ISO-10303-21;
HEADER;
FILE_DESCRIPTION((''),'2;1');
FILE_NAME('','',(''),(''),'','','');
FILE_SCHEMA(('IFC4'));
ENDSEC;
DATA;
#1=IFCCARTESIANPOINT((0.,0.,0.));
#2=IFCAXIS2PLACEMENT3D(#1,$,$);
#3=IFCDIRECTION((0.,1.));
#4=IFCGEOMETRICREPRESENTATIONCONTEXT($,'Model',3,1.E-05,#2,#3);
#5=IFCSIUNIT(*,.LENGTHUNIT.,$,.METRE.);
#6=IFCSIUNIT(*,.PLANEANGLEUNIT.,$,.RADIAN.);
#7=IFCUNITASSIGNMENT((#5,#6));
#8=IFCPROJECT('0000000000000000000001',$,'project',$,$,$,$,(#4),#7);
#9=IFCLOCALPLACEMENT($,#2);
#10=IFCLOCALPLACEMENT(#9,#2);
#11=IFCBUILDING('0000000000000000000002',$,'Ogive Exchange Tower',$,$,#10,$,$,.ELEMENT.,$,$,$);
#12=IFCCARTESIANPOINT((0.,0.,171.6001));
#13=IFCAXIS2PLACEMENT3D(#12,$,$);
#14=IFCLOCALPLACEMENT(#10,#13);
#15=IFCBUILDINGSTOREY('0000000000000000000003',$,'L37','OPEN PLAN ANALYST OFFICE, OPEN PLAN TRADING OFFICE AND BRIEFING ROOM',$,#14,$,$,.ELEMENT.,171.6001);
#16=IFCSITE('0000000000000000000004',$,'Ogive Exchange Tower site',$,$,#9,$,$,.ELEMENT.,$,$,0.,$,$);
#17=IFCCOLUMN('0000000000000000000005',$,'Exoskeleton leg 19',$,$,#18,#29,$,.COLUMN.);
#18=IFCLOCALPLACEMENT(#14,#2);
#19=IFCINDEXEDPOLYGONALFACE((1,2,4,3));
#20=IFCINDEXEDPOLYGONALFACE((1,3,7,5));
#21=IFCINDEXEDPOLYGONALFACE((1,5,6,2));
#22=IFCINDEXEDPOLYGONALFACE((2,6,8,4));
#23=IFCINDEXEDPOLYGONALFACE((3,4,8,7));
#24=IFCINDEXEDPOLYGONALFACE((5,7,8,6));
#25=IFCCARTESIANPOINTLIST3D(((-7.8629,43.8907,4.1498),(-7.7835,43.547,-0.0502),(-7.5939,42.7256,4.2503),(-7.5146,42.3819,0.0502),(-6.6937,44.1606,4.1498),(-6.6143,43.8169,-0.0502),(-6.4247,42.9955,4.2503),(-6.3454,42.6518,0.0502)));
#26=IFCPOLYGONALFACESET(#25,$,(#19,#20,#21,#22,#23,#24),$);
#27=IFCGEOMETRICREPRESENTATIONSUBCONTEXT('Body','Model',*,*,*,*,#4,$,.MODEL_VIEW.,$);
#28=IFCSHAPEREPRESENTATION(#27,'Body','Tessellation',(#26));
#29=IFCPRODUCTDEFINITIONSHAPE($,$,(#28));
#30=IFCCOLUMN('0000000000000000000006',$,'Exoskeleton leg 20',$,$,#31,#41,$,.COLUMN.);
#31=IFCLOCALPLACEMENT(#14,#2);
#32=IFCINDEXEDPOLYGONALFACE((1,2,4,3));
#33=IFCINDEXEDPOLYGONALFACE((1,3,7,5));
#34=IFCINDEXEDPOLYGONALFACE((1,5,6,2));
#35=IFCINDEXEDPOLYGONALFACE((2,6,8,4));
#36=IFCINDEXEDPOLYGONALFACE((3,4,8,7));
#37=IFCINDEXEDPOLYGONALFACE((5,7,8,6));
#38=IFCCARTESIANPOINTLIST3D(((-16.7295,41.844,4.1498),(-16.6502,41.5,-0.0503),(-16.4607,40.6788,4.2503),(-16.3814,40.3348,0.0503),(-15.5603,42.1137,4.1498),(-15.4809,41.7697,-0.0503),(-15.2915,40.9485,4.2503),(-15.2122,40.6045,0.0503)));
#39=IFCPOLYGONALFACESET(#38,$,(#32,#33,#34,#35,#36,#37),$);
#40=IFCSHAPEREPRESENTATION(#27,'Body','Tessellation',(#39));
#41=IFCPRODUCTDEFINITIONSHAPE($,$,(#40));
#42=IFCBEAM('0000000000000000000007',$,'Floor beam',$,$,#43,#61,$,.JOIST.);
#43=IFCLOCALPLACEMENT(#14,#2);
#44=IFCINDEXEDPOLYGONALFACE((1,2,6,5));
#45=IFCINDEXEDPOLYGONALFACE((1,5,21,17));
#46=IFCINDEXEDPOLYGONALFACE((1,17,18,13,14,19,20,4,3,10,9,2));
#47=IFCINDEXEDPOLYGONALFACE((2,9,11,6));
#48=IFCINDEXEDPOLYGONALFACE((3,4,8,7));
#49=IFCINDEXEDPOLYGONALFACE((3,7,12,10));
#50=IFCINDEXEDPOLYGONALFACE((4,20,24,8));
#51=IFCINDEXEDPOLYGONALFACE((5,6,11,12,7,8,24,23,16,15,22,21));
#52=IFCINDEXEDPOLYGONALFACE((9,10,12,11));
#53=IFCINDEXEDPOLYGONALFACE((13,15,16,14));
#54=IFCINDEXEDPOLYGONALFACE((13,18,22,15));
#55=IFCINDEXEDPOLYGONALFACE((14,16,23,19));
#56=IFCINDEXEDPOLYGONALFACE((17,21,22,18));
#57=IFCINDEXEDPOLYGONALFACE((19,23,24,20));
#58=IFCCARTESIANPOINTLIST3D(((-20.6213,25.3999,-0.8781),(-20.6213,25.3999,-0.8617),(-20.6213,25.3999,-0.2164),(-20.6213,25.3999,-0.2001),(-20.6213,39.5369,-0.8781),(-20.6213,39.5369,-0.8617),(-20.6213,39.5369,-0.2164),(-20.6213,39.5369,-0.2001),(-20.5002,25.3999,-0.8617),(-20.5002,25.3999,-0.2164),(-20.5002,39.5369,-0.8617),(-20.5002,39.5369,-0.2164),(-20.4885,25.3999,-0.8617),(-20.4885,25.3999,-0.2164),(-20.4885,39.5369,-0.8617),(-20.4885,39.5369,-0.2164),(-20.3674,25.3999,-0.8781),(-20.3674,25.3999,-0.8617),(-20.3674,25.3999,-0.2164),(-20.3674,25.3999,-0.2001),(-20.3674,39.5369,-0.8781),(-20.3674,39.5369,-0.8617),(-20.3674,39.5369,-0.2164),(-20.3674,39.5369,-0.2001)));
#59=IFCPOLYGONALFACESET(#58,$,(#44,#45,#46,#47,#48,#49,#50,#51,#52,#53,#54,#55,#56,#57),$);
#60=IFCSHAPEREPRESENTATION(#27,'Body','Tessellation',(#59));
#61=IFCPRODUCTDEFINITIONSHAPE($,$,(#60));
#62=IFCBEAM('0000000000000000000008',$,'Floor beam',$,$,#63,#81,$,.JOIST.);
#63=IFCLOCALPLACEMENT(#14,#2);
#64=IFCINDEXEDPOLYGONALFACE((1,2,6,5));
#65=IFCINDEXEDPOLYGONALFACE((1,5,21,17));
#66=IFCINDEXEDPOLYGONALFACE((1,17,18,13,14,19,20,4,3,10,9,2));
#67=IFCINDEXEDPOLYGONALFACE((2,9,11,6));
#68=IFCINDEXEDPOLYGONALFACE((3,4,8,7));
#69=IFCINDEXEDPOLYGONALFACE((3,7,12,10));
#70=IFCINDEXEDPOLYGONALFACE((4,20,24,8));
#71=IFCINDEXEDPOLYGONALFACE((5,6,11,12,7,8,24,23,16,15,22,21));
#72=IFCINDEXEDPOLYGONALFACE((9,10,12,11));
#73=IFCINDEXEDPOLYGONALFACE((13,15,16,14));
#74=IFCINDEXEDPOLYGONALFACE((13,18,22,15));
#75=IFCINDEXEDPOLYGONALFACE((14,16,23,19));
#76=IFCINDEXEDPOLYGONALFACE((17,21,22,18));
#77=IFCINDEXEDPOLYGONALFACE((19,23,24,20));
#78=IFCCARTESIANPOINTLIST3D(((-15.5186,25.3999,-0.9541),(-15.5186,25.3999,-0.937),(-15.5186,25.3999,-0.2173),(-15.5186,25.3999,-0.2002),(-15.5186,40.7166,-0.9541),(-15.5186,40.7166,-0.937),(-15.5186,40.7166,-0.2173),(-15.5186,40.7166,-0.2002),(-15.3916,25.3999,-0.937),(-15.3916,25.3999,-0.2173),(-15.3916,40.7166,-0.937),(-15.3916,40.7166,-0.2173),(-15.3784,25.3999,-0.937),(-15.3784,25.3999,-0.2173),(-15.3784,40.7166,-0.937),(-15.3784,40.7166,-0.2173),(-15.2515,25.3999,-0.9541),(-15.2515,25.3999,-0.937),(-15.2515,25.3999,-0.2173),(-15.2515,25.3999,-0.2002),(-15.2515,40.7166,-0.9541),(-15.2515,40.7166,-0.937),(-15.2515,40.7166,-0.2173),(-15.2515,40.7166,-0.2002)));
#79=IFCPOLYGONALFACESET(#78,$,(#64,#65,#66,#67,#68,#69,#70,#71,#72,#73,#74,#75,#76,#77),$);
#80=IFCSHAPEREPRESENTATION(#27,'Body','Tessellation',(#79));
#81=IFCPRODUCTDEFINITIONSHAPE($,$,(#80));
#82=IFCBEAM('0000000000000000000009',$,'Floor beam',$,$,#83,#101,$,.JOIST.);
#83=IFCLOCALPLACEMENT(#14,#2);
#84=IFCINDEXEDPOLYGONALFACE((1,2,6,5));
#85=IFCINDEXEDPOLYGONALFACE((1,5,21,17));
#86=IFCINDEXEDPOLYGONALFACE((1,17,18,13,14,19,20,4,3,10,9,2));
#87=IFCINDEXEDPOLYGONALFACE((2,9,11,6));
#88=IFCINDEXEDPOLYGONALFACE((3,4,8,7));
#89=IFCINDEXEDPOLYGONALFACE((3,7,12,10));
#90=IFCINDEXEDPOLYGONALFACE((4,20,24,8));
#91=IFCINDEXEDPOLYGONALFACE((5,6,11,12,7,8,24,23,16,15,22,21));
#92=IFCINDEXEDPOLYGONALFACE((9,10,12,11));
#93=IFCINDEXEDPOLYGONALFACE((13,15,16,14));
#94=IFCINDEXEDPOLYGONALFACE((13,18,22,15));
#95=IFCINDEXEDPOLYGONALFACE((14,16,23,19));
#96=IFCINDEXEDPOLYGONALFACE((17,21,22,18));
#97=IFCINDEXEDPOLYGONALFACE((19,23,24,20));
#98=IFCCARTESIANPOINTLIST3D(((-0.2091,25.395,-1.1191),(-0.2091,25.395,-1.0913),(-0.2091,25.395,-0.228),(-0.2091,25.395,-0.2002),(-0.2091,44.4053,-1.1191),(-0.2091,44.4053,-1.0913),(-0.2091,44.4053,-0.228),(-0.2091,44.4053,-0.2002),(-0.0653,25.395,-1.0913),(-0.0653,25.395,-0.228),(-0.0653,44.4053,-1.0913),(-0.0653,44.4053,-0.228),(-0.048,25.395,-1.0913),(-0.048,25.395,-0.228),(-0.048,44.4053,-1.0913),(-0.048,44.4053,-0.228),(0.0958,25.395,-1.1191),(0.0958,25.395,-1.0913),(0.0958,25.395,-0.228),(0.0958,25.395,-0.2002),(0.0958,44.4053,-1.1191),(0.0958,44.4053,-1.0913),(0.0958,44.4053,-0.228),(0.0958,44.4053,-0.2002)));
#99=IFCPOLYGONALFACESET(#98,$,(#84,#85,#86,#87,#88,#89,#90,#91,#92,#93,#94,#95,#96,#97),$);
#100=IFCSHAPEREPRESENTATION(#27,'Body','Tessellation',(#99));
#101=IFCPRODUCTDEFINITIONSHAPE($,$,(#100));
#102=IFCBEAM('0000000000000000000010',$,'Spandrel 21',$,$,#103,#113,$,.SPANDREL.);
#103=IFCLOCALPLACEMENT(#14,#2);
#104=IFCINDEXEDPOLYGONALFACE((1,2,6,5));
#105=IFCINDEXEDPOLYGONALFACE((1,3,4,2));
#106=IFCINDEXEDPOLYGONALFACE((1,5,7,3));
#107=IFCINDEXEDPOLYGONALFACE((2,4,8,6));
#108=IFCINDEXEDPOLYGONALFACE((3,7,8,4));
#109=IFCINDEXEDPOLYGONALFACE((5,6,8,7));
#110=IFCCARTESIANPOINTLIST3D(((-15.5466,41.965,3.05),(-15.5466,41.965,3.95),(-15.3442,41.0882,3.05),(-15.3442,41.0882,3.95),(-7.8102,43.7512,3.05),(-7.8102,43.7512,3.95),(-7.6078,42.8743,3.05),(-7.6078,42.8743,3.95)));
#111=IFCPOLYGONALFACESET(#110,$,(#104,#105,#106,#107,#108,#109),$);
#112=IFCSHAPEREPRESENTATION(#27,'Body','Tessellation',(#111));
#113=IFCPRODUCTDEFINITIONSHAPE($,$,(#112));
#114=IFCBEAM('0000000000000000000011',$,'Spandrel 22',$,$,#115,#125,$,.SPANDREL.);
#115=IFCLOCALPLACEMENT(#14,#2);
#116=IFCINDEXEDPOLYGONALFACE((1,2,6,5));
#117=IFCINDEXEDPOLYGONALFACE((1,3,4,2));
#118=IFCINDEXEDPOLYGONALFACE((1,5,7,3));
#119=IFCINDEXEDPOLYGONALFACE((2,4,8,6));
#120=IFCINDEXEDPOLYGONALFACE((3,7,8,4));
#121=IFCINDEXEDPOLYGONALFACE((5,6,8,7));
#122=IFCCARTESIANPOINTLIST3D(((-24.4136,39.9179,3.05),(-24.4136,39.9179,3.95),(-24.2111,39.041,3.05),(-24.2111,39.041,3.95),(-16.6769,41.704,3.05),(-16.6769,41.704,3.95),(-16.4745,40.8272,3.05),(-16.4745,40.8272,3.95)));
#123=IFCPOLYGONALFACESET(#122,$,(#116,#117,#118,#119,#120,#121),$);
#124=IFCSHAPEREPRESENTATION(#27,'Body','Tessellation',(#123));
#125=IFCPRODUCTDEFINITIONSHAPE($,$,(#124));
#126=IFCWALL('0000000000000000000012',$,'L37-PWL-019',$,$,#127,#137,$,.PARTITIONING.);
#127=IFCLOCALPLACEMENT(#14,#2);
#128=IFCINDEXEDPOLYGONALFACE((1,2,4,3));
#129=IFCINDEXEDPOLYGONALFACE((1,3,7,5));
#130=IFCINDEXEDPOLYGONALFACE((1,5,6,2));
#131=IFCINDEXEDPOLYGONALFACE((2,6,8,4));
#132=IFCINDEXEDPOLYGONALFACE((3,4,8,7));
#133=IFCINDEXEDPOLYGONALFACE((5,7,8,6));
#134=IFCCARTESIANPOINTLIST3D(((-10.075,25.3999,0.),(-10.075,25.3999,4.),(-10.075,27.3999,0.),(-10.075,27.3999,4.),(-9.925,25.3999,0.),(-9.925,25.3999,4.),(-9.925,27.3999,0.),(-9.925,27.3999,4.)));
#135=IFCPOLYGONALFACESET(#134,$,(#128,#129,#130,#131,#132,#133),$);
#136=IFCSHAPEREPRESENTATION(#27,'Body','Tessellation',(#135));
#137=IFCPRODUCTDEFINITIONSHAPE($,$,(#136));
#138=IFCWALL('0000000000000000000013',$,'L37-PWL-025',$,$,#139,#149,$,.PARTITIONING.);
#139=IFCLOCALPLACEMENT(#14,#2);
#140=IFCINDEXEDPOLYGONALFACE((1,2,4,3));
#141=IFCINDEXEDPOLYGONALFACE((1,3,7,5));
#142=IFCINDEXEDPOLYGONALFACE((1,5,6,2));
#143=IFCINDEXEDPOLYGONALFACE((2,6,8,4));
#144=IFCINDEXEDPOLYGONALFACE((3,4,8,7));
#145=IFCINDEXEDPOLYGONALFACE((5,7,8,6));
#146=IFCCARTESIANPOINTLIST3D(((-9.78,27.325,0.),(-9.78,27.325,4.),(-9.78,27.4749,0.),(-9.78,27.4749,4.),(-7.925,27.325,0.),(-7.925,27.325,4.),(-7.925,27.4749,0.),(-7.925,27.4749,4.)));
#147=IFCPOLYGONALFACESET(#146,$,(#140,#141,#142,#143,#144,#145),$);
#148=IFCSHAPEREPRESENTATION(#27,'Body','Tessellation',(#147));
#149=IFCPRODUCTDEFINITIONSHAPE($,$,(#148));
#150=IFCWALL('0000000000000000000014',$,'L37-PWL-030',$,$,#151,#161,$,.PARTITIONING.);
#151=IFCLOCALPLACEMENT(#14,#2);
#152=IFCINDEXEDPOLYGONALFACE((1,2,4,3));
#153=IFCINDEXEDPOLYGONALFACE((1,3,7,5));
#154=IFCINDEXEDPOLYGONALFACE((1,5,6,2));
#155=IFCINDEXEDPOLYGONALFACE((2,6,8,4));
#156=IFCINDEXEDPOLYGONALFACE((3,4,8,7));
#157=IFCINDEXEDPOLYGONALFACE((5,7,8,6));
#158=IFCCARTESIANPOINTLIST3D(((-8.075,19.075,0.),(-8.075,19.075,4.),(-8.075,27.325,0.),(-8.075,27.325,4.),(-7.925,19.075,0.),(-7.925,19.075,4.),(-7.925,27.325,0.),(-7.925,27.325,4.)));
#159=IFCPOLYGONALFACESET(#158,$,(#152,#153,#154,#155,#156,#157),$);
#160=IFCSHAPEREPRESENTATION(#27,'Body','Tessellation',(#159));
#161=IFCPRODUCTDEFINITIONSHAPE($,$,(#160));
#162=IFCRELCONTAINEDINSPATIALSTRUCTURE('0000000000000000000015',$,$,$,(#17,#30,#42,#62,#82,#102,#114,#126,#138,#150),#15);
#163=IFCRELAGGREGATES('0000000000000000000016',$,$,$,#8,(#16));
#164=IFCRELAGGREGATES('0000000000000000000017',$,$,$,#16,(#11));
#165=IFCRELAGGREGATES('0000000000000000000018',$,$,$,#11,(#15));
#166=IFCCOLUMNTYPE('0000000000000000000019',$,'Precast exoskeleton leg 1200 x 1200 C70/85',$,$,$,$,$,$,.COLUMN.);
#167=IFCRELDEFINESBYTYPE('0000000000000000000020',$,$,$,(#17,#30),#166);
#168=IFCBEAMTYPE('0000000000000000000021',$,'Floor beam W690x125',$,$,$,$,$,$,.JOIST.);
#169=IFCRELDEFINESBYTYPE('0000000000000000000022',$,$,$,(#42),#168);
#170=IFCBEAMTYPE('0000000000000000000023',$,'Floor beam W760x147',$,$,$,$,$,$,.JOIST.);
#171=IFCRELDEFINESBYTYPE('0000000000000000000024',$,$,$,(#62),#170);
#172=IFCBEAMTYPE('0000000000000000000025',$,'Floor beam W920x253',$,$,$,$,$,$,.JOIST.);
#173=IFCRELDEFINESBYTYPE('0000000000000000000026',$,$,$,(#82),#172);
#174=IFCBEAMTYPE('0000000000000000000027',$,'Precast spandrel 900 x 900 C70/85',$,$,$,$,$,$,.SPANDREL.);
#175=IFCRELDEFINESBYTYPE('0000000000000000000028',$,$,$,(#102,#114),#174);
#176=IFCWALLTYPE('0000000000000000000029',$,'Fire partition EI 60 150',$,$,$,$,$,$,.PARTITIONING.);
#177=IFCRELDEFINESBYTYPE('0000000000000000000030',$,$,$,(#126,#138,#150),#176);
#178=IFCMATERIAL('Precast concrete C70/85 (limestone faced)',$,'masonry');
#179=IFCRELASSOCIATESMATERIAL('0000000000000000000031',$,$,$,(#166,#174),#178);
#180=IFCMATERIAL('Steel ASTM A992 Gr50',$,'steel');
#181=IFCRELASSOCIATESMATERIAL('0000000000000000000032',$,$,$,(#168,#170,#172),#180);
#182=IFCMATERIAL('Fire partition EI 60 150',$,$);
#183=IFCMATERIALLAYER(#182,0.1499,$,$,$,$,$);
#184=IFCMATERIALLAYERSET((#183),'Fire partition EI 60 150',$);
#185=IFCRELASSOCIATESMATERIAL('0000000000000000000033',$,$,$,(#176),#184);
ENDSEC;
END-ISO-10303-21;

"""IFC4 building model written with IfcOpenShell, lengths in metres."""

from ifc_helpers import new_model, si_unit, direction, frame, frame_2d, origin, origin_2d, place, context, subcontext, project, spatial, rectangle, i_section, extrude, material, layer, layer_set, material_profile, profile_set, type_object, element, save


model = new_model("IFC4")

# Units and contexts
model_context = context("Model", 3, precision=1e-05, world=origin(), true_north=direction((0.0, 1.0)))
body_context = subcontext(model_context, "Body", "Model", "MODEL_VIEW")
ifc_project = project(units=[si_unit("LENGTHUNIT", "METRE"), si_unit("PLANEANGLEUNIT", "RADIAN")], contexts=[model_context])

# Site, building, storey
site_placement = place(None, origin())
site = spatial("IfcSite", under=ifc_project, at=site_placement, Name="Ogive Exchange Tower site", CompositionType="ELEMENT", RefElevation=0.0)
building_placement = place(site_placement, origin())
building = spatial("IfcBuilding", under=site, at=building_placement, Name="Ogive Exchange Tower", CompositionType="ELEMENT")
storey_placement = place(building_placement, frame((0.0, 0.0, 171.6001)))
storey = spatial("IfcBuildingStorey", under=building, at=storey_placement, Name="L37", Description="OPEN PLAN ANALYST OFFICE, OPEN PLAN TRADING OFFICE AND BRIEFING ROOM", CompositionType="ELEMENT", Elevation=171.6001)

# Columns
ifc_material_1 = material(Name="Precast concrete C70/85 (limestone faced)", Category="masonry")
ifc_material_profile_1 = material_profile(ifc_material_1, rectangle(XDim=1.2, YDim=1.2, at=origin_2d()), Name="1200 x 1200")
ifc_profile_set_1 = profile_set([ifc_material_profile_1], Name="Precast concrete C70/85 (limestone faced)")
column_type = type_object("IfcColumnType", Name="Precast exoskeleton leg 1200 x 1200 C70/85", PredefinedType="COLUMN", material=ifc_profile_set_1)
for number, where, z_axis, x_axis, name in (
    (1, (-7.0645, 43.0994, 0.0), (-0.018826, 0.081559, 0.996491), (-0.97438, -0.22491, 0.0), "Exoskeleton leg 19"),
    (2, (-15.9312, 41.0522, 0.0), (-0.018826, 0.081617, 0.996486), (-0.974415, -0.224758, 0.0), "Exoskeleton leg 20"),
):
    element("IfcColumn", number, at=place(storey_placement, frame(where, z_axis=z_axis, x_axis=x_axis)), inside=storey, type_object=column_type, Name=name, PredefinedType="COLUMN", context=body_context, shape_type="SweptSolid", body=[
        extrude(rectangle(XDim=1.2, YDim=1.2, at=origin_2d()), origin(), (0.0, 0.0, 1.0), 4.2148),
    ])

# Beams
ifc_material_2 = material(Name="Steel ASTM A992 Gr50", Category="steel")
ifc_material_profile_2 = material_profile(ifc_material_2, i_section(OverallWidth=0.2539, OverallDepth=0.678, WebThickness=0.0117, FlangeThickness=0.0164, at=origin_2d()), Name="W690x125")
ifc_profile_set_2 = profile_set([ifc_material_profile_2], Name="Steel ASTM A992 Gr50")
beam_type_1 = type_object("IfcBeamType", Name="Floor beam W690x125", PredefinedType="JOIST", material=ifc_profile_set_2)
beam_1_placement = place(storey_placement, frame((-20.4944, 25.3999, -0.5391), z_axis=(0.0, 1.0, 0.0), x_axis=(-1.0, 0.0, 0.0)))
element("IfcBeam", 3, at=beam_1_placement, inside=storey, type_object=beam_type_1, Name="Floor beam", PredefinedType="JOIST", context=body_context, shape_type="SweptSolid", body=[
    extrude(i_section(OverallWidth=0.2539, OverallDepth=0.678, WebThickness=0.0117, FlangeThickness=0.0164, at=origin_2d()), origin(), (0.0, 0.0, 1.0), 14.137),
])
ifc_material_profile_3 = material_profile(ifc_material_2, i_section(OverallWidth=0.2671, OverallDepth=0.7539, WebThickness=0.0132, FlangeThickness=0.0171, at=origin_2d()), Name="W760x147")
ifc_profile_set_3 = profile_set([ifc_material_profile_3], Name="Steel ASTM A992 Gr50")
beam_type_2 = type_object("IfcBeamType", Name="Floor beam W760x147", PredefinedType="JOIST", material=ifc_profile_set_3)
beam_2_placement = place(storey_placement, frame((-15.385, 25.3999, -0.5771), z_axis=(0.0, 1.0, 0.0), x_axis=(-1.0, 0.0, 0.0)))
element("IfcBeam", 4, at=beam_2_placement, inside=storey, type_object=beam_type_2, Name="Floor beam", PredefinedType="JOIST", context=body_context, shape_type="SweptSolid", body=[
    extrude(i_section(OverallWidth=0.2671, OverallDepth=0.7539, WebThickness=0.0132, FlangeThickness=0.0171, at=origin_2d()), origin(), (0.0, 0.0, 1.0), 15.3167),
])
ifc_material_profile_4 = material_profile(ifc_material_2, i_section(OverallWidth=0.3049, OverallDepth=0.9189, WebThickness=0.0173, FlangeThickness=0.0278, at=origin_2d()), Name="W920x253")
ifc_profile_set_4 = profile_set([ifc_material_profile_4], Name="Steel ASTM A992 Gr50")
beam_type_3 = type_object("IfcBeamType", Name="Floor beam W920x253", PredefinedType="JOIST", material=ifc_profile_set_4)
beam_3_placement = place(storey_placement, frame((-0.0566, 25.395, -0.6597), z_axis=(0.0, 1.0, 0.0), x_axis=(-1.0, 0.0, 0.0)))
element("IfcBeam", 5, at=beam_3_placement, inside=storey, type_object=beam_type_3, Name="Floor beam", PredefinedType="JOIST", context=body_context, shape_type="SweptSolid", body=[
    extrude(i_section(OverallWidth=0.3049, OverallDepth=0.9189, WebThickness=0.0173, FlangeThickness=0.0278, at=origin_2d()), origin(), (0.0, 0.0, 1.0), 19.0103),
])
ifc_material_profile_5 = material_profile(ifc_material_1, rectangle(XDim=0.8999, YDim=0.8999, at=origin_2d()), Name="900 x 900")
ifc_profile_set_5 = profile_set([ifc_material_profile_5], Name="Precast concrete C70/85 (limestone faced)")
beam_type_4 = type_object("IfcBeamType", Name="Precast spandrel 900 x 900 C70/85", PredefinedType="SPANDREL", material=ifc_profile_set_5)
beam_4_placement = place(storey_placement, frame((-7.709, 43.3127, 3.5), z_axis=(-0.974368, -0.224958, 0.0), x_axis=(0.224958, -0.974368, 0.0)))
element("IfcBeam", 6, at=beam_4_placement, inside=storey, type_object=beam_type_4, Name="Spandrel 21", PredefinedType="SPANDREL", context=body_context, shape_type="SweptSolid", body=[
    extrude(rectangle(XDim=0.8999, YDim=0.8999, at=origin_2d()), origin(), (0.0, 0.0, 1.0), 7.9399),
])
beam_5_placement = place(storey_placement, frame((-16.5757, 41.2656, 3.5), z_axis=(-0.97437, -0.224952, 0.0), x_axis=(0.224952, -0.97437, 0.0)))
element("IfcBeam", 7, at=beam_5_placement, inside=storey, type_object=beam_type_4, Name="Spandrel 22", PredefinedType="SPANDREL", context=body_context, shape_type="SweptSolid", body=[
    extrude(rectangle(XDim=0.8999, YDim=0.8999, at=origin_2d()), origin(), (0.0, 0.0, 1.0), 7.9402),
])

# Walls
ifc_material_3 = material(Name="Fire partition EI 60 150")
ifc_layer_1 = layer(ifc_material_3, 0.1499)
ifc_layer_set_1 = layer_set([ifc_layer_1], Name="Fire partition EI 60 150")
wall_type_1 = type_object("IfcWallType", Name="Fire partition EI 60 150", PredefinedType="PARTITIONING", material=ifc_layer_set_1)
wall_1_placement = place(storey_placement, frame((-10.0, 25.3999, 0.0), z_axis=(0.0, 0.0, 1.0), x_axis=(0.0, 1.0, 0.0)))
element("IfcWall", 8, at=wall_1_placement, inside=storey, type_object=wall_type_1, Name="L37-PWL-019", PredefinedType="PARTITIONING", context=body_context, shape_type="SweptSolid", body=[
    extrude(rectangle(XDim=2.0, YDim=0.1499, at=frame_2d((1.0, 0.0))), origin(), (0.0, 0.0, 1.0), 4.0),
])
wall_2_placement = place(storey_placement, frame((-9.78, 27.3999, 0.0), z_axis=(0.0, 0.0, 1.0), x_axis=(1.0, 0.0, 0.0)))
element("IfcWall", 9, at=wall_2_placement, inside=storey, type_object=wall_type_1, Name="L37-PWL-025", PredefinedType="PARTITIONING", context=body_context, shape_type="SweptSolid", body=[
    extrude(rectangle(XDim=1.855, YDim=0.1499, at=frame_2d((0.9275, 0.0))), origin(), (0.0, 0.0, 1.0), 4.0),
])
wall_3_placement = place(storey_placement, frame((-8.0, 27.325, 0.0), z_axis=(0.0, 0.0, 1.0), x_axis=(0.0, -1.0, 0.0)))
element("IfcWall", 10, at=wall_3_placement, inside=storey, type_object=wall_type_1, Name="L37-PWL-030", PredefinedType="PARTITIONING", context=body_context, shape_type="SweptSolid", body=[
    extrude(rectangle(XDim=8.25, YDim=0.1499, at=frame_2d((4.125, 0.0))), origin(), (0.0, 0.0, 1.0), 4.0),
])

save(model, "model.ifc")
